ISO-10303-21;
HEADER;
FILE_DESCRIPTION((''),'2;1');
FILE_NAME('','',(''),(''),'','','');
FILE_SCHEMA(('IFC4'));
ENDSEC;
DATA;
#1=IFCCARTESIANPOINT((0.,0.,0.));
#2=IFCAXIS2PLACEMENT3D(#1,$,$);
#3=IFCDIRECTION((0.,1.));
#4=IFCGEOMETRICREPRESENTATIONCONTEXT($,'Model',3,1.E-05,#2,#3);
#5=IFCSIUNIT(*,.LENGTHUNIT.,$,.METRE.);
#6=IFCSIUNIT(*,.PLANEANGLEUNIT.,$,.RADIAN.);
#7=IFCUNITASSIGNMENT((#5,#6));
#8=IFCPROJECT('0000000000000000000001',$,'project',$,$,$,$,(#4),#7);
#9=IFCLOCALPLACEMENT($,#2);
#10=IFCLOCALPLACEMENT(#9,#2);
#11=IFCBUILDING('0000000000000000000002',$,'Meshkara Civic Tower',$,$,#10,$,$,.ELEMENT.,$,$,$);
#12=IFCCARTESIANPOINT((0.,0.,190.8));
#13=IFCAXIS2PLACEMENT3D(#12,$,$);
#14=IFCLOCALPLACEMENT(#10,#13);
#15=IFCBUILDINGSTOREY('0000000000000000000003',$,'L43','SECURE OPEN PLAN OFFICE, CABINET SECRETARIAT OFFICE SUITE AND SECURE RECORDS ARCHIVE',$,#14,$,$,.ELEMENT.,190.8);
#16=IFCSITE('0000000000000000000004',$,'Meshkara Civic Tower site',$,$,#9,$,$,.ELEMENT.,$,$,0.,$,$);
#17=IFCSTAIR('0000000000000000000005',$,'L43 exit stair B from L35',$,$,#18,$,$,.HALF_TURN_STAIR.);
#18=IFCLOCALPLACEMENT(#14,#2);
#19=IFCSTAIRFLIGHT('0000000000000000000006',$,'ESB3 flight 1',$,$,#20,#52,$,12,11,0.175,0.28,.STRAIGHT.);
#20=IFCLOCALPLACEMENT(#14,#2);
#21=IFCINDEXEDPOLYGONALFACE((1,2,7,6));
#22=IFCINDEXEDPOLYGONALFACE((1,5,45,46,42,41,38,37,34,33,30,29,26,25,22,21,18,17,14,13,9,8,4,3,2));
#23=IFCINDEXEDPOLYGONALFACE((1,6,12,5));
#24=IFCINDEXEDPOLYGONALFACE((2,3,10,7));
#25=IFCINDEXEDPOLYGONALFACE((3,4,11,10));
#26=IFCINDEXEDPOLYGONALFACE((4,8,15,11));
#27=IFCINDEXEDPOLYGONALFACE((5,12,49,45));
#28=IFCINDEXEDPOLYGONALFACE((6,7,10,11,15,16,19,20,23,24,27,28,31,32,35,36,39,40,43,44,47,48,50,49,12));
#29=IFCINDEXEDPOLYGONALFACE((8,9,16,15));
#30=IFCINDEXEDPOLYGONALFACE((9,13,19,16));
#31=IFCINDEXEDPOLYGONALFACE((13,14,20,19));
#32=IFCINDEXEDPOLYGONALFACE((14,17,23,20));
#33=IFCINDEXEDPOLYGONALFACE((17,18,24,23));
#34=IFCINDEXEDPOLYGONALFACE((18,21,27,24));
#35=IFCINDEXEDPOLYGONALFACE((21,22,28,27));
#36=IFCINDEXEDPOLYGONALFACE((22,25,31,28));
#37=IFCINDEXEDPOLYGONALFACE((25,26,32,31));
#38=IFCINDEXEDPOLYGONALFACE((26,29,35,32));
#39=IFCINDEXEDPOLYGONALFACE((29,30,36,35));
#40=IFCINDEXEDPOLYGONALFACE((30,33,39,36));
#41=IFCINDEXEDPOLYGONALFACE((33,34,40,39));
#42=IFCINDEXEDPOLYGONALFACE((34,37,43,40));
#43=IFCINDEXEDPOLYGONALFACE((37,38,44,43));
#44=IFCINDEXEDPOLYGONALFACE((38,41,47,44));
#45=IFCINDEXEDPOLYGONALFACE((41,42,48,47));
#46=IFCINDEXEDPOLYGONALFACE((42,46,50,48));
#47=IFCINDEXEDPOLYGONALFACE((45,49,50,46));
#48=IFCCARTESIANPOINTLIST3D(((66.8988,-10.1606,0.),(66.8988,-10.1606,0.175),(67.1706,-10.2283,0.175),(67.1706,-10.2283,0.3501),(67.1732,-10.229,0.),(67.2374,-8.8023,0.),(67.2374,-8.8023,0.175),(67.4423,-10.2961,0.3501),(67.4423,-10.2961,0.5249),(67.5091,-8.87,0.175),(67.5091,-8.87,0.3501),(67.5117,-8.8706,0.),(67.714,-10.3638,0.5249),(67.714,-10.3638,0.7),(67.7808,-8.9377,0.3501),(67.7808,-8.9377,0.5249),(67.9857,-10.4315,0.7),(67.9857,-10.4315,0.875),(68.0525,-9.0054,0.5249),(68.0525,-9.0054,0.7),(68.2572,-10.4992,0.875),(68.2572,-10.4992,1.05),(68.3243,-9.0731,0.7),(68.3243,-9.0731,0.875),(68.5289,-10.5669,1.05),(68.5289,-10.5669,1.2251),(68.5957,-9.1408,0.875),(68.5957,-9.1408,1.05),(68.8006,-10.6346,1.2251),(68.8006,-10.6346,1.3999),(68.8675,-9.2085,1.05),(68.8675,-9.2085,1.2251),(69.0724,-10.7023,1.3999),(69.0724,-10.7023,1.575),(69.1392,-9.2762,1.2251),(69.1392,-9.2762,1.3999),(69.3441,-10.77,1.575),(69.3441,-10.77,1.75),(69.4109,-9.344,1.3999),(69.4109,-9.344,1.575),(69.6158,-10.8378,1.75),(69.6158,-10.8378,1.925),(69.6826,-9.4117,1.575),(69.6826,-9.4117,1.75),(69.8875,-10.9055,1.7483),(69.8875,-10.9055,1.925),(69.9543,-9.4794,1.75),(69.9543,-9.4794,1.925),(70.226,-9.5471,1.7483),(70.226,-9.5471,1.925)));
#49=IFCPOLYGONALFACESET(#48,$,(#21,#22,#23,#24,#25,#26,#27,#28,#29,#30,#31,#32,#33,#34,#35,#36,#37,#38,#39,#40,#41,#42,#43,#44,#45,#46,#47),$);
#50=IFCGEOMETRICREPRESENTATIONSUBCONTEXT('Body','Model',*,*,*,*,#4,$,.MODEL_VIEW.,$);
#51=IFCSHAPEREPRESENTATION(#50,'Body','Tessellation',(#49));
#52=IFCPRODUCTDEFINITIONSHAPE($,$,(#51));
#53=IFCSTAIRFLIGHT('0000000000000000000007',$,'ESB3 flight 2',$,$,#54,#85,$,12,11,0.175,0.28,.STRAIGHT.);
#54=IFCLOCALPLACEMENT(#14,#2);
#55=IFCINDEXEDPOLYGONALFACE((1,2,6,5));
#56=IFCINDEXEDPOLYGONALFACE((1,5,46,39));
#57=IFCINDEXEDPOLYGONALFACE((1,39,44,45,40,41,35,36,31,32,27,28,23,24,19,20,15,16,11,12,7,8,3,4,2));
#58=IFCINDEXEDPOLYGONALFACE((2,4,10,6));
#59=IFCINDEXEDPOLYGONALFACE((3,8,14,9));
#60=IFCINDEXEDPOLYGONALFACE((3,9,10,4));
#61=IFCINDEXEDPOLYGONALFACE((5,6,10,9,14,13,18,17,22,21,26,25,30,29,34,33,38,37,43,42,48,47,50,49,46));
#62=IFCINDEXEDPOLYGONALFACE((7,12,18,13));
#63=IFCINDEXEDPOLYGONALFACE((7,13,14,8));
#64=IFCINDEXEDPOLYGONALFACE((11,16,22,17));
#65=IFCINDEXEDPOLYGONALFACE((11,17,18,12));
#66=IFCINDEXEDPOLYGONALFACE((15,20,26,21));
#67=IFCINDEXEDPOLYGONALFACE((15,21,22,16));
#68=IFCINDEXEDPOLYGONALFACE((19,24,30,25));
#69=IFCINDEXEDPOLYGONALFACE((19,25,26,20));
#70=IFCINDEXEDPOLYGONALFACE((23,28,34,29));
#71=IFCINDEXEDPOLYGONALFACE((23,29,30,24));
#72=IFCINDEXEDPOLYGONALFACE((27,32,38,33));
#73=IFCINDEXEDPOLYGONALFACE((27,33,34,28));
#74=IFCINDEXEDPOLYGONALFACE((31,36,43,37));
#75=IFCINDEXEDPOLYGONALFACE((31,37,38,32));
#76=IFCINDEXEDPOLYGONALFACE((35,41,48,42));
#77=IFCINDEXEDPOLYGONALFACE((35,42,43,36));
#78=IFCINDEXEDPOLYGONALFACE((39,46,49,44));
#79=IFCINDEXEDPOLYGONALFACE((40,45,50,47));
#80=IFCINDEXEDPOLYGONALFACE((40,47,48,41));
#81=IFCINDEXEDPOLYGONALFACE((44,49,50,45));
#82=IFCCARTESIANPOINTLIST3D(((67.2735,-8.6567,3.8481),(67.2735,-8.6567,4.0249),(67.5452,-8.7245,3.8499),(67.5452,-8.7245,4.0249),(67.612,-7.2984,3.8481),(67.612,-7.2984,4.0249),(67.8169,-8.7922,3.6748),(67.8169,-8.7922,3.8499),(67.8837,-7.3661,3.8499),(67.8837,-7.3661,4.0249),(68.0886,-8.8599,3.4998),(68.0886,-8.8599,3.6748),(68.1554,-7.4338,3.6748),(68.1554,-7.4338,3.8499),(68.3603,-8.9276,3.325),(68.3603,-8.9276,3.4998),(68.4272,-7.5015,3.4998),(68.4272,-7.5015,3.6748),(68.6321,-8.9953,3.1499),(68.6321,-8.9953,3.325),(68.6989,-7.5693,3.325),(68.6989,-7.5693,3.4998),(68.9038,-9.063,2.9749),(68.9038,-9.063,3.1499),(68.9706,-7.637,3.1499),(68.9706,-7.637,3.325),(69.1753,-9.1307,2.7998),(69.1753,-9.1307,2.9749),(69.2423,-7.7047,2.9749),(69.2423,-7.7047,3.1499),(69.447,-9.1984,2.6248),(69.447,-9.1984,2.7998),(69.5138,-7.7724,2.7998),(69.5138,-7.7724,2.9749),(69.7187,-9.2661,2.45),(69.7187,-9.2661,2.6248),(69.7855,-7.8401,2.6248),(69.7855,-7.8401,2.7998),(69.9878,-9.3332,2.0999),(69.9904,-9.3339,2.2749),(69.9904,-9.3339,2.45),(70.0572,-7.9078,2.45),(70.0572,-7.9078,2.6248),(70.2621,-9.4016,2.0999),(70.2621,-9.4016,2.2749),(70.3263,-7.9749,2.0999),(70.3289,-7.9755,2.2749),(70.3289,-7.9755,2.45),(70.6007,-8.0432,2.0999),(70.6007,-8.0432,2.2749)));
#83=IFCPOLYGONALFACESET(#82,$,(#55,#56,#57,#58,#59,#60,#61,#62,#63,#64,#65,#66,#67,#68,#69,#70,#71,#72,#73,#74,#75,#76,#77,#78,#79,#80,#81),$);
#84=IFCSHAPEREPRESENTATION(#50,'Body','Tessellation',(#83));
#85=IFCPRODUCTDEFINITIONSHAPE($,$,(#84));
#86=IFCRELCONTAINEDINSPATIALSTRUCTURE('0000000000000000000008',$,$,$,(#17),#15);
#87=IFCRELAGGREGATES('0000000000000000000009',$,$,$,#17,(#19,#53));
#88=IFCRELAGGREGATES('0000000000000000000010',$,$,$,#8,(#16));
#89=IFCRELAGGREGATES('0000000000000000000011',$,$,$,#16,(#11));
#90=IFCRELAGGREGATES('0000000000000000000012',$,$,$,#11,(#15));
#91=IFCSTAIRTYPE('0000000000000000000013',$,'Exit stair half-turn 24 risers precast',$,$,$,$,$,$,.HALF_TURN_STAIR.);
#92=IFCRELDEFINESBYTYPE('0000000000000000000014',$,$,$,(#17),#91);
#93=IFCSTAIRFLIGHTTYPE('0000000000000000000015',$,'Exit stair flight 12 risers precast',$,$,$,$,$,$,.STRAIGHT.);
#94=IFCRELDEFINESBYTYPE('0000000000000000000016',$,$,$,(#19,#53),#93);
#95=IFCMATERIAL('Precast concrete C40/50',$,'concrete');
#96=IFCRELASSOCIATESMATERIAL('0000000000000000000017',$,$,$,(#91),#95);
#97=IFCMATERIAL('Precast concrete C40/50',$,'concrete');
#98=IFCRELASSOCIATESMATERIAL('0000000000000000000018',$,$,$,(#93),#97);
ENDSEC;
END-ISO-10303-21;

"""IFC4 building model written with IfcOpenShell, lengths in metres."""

from ifc_helpers import new_model, si_unit, direction, frame, origin, place, context, subcontext, project, spatial, polyline, outline, extrude, material, type_object, element, aggregate, save


model = new_model("IFC4")

# Units and contexts
model_context = context("Model", 3, precision=1e-05, world=origin(), true_north=direction((0.0, 1.0)))
body_context = subcontext(model_context, "Body", "Model", "MODEL_VIEW")
ifc_project = project(units=[si_unit("LENGTHUNIT", "METRE"), si_unit("PLANEANGLEUNIT", "RADIAN")], contexts=[model_context])

# Site, building, storey
site_placement = place(None, origin())
site = spatial("IfcSite", under=ifc_project, at=site_placement, Name="Meshkara Civic Tower site", CompositionType="ELEMENT", RefElevation=0.0)
building_placement = place(site_placement, origin())
building = spatial("IfcBuilding", under=site, at=building_placement, Name="Meshkara Civic Tower", CompositionType="ELEMENT")
storey_placement = place(building_placement, frame((0.0, 0.0, 190.8)))
storey = spatial("IfcBuildingStorey", under=building, at=storey_placement, Name="L43", Description="SECURE OPEN PLAN OFFICE, CABINET SECRETARIAT OFFICE SUITE AND SECURE RECORDS ARCHIVE", CompositionType="ELEMENT", Elevation=190.8)

# Stair, stair flights
ifc_material_1 = material(Name="Precast concrete C40/50", Category="concrete")
stair_type = type_object("IfcStairType", Name="Exit stair half-turn 24 risers precast", PredefinedType="HALF_TURN_STAIR", material=ifc_material_1)
stair_placement = place(storey_placement, origin())
stair = element("IfcStair", 1, at=stair_placement, inside=storey, type_object=stair_type, Name="L43 exit stair B from L35", PredefinedType="HALF_TURN_STAIR")
ifc_material_2 = material(Name="Precast concrete C40/50", Category="concrete")
stair_flight_type = type_object("IfcStairFlightType", Name="Exit stair flight 12 risers precast", PredefinedType="STRAIGHT", material=ifc_material_2)
stair_flight_1_placement = place(storey_placement, frame((67.0681, -9.4814, 0.0), z_axis=(0.0, 0.0, 1.0), x_axis=(0.970319, -0.24183, 0.0)))
stair_flight_1 = element("IfcStairFlight", 2, at=stair_flight_1_placement, type_object=stair_flight_type, Name="ESB3 flight 1", NumberOfRisers=12, NumberOfTreads=11, PredefinedType="STRAIGHT", RiserHeight=0.175, TreadLength=0.28, context=body_context, shape_type="SweptSolid", body=[
    extrude(outline(polyline([(0.0, 0.0), (0.0, 0.175), (0.28, 0.175), (0.28, 0.3501), (0.5601, 0.3501), (0.5601, 0.5249), (0.8401, 0.5249), (0.8401, 0.7), (1.1201, 0.7), (1.1201, 0.875), (1.3999, 0.875), (1.3999, 1.05), (1.6799, 1.05), (1.6799, 1.2251), (1.96, 1.2251), (1.96, 1.3999), (2.24, 1.3999), (2.24, 1.575), (2.52, 1.575), (2.52, 1.75), (2.8, 1.75), (2.8, 1.925), (3.0801, 1.925), (3.0801, 2.1001), (3.0801, 1.7483), (0.2827, 0.0), (0.0, 0.0)])), frame((0.0, 0.7, 0.0), z_axis=(0.0, -1.0, 0.0), x_axis=(1.0, 0.0, 0.0)), (0.0, 0.0, 1.0), 1.3999),
])
stair_flight_2_placement = place(storey_placement, frame((70.4314, -8.7224, 2.0999), z_axis=(0.0, 0.0, 1.0), x_axis=(-0.970319, 0.24183, 0.0)))
stair_flight_2 = element("IfcStairFlight", 3, at=stair_flight_2_placement, type_object=stair_flight_type, Name="ESB3 flight 2", NumberOfRisers=12, NumberOfTreads=11, PredefinedType="STRAIGHT", RiserHeight=0.175, TreadLength=0.28, context=body_context, shape_type="SweptSolid", body=[
    extrude(outline(polyline([(0.0, 0.0), (0.0, 0.175), (0.28, 0.175), (0.28, 0.3501), (0.5601, 0.3501), (0.5601, 0.5249), (0.8401, 0.5249), (0.8401, 0.7), (1.1201, 0.7), (1.1201, 0.875), (1.3999, 0.875), (1.3999, 1.05), (1.6799, 1.05), (1.6799, 1.2251), (1.96, 1.2251), (1.96, 1.3999), (2.24, 1.3999), (2.24, 1.575), (2.52, 1.575), (2.52, 1.75), (2.8, 1.75), (2.8, 1.925), (3.0801, 1.925), (3.0801, 2.1001), (3.0801, 1.7483), (0.2827, 0.0), (0.0, 0.0)])), frame((0.0, 0.7, 0.0), z_axis=(0.0, -1.0, 0.0), x_axis=(1.0, 0.0, 0.0)), (0.0, 0.0, 1.0), 1.3999),
])
aggregate(stair, [stair_flight_1, stair_flight_2])

save(model, "model.ifc")
